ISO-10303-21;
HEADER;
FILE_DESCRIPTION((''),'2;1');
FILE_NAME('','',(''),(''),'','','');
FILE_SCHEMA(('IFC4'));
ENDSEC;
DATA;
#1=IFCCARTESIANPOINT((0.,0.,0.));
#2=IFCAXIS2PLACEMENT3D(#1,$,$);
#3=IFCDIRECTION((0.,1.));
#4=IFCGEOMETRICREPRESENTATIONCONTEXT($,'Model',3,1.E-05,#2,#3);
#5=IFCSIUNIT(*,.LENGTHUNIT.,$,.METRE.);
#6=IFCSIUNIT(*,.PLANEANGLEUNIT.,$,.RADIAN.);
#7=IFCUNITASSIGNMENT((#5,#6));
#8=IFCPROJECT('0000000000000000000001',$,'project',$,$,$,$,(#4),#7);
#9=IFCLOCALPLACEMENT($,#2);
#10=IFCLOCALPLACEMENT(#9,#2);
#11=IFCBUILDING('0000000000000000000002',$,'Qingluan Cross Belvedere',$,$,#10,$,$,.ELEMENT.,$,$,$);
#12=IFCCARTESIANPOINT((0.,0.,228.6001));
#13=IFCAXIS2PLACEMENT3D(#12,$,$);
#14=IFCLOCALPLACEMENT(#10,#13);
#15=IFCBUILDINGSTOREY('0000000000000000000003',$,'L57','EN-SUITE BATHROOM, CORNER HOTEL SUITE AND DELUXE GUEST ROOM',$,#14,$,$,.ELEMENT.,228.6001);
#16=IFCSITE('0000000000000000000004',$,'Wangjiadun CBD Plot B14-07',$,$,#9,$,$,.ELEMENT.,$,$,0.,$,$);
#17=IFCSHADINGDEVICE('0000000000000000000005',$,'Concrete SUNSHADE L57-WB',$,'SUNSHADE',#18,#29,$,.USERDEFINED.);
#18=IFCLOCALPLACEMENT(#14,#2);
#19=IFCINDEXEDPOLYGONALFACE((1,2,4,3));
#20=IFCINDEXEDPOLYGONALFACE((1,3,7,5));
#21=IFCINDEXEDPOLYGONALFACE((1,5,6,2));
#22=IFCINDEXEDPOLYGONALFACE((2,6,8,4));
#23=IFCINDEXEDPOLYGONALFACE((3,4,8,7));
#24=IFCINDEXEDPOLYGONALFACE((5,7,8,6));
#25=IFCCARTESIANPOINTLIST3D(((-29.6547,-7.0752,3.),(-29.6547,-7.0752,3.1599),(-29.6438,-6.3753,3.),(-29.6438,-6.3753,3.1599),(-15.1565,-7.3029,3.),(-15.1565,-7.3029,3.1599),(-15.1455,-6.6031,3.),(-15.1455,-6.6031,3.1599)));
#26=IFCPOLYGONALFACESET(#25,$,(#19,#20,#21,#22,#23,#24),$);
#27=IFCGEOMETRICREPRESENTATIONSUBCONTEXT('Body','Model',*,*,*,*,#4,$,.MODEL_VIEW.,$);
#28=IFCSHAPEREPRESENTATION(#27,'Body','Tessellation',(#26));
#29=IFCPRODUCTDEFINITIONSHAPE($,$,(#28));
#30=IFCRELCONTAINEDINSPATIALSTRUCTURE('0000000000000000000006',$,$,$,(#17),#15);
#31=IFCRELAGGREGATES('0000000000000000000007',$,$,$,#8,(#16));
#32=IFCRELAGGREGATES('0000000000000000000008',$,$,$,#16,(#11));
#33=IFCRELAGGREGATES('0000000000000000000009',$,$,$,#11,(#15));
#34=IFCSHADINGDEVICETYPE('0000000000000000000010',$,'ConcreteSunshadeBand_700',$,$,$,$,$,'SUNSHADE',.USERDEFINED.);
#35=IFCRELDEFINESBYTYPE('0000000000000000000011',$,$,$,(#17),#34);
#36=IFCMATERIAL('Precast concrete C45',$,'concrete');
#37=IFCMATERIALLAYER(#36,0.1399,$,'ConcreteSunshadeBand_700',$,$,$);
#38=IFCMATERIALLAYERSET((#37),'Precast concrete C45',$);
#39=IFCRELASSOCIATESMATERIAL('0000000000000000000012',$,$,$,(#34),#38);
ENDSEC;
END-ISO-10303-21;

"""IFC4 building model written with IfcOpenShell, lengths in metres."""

from ifc_helpers import new_model, si_unit, direction, frame, origin, origin_2d, place, context, subcontext, project, spatial, rectangle, extrude, material, layer, layer_set, type_object, element, save


model = new_model("IFC4")

# Units and contexts
model_context = context("Model", 3, precision=1e-05, world=origin(), true_north=direction((0.0, 1.0)))
body_context = subcontext(model_context, "Body", "Model", "MODEL_VIEW")
ifc_project = project(units=[si_unit("LENGTHUNIT", "METRE"), si_unit("PLANEANGLEUNIT", "RADIAN")], contexts=[model_context])

# Site, building, storey
site_placement = place(None, origin())
site = spatial("IfcSite", under=ifc_project, at=site_placement, Name="Wangjiadun CBD Plot B14-07", CompositionType="ELEMENT", RefElevation=0.0)
building_placement = place(site_placement, origin())
building = spatial("IfcBuilding", under=site, at=building_placement, Name="Qingluan Cross Belvedere", CompositionType="ELEMENT")
storey_placement = place(building_placement, frame((0.0, 0.0, 228.6001)))
storey = spatial("IfcBuildingStorey", under=building, at=storey_placement, Name="L57", Description="EN-SUITE BATHROOM, CORNER HOTEL SUITE AND DELUXE GUEST ROOM", CompositionType="ELEMENT", Elevation=228.6001)

# Shading device
ifc_material_1 = material(Name="Precast concrete C45", Category="concrete")
ifc_layer_1 = layer(ifc_material_1, 0.1399, Name="ConcreteSunshadeBand_700")
ifc_layer_set_1 = layer_set([ifc_layer_1], Name="Precast concrete C45")
shading_device_type = type_object("IfcShadingDeviceType", Name="ConcreteSunshadeBand_700", ElementType="SUNSHADE", PredefinedType="USERDEFINED", material=ifc_layer_set_1)
shading_device_placement = place(storey_placement, frame((-22.4001, -6.8391, 3.0), z_axis=(0.0, 0.0, 1.0), x_axis=(0.999877, -0.015707, 0.0)))
element("IfcShadingDevice", 1, at=shading_device_placement, inside=storey, type_object=shading_device_type, Name="Concrete SUNSHADE L57-WB", ObjectType="SUNSHADE", PredefinedType="USERDEFINED", context=body_context, shape_type="SweptSolid", body=[
    extrude(rectangle(XDim=14.5, YDim=0.7, at=origin_2d()), origin(), (0.0, 0.0, 1.0), 0.1599),
])

save(model, "model.ifc")
